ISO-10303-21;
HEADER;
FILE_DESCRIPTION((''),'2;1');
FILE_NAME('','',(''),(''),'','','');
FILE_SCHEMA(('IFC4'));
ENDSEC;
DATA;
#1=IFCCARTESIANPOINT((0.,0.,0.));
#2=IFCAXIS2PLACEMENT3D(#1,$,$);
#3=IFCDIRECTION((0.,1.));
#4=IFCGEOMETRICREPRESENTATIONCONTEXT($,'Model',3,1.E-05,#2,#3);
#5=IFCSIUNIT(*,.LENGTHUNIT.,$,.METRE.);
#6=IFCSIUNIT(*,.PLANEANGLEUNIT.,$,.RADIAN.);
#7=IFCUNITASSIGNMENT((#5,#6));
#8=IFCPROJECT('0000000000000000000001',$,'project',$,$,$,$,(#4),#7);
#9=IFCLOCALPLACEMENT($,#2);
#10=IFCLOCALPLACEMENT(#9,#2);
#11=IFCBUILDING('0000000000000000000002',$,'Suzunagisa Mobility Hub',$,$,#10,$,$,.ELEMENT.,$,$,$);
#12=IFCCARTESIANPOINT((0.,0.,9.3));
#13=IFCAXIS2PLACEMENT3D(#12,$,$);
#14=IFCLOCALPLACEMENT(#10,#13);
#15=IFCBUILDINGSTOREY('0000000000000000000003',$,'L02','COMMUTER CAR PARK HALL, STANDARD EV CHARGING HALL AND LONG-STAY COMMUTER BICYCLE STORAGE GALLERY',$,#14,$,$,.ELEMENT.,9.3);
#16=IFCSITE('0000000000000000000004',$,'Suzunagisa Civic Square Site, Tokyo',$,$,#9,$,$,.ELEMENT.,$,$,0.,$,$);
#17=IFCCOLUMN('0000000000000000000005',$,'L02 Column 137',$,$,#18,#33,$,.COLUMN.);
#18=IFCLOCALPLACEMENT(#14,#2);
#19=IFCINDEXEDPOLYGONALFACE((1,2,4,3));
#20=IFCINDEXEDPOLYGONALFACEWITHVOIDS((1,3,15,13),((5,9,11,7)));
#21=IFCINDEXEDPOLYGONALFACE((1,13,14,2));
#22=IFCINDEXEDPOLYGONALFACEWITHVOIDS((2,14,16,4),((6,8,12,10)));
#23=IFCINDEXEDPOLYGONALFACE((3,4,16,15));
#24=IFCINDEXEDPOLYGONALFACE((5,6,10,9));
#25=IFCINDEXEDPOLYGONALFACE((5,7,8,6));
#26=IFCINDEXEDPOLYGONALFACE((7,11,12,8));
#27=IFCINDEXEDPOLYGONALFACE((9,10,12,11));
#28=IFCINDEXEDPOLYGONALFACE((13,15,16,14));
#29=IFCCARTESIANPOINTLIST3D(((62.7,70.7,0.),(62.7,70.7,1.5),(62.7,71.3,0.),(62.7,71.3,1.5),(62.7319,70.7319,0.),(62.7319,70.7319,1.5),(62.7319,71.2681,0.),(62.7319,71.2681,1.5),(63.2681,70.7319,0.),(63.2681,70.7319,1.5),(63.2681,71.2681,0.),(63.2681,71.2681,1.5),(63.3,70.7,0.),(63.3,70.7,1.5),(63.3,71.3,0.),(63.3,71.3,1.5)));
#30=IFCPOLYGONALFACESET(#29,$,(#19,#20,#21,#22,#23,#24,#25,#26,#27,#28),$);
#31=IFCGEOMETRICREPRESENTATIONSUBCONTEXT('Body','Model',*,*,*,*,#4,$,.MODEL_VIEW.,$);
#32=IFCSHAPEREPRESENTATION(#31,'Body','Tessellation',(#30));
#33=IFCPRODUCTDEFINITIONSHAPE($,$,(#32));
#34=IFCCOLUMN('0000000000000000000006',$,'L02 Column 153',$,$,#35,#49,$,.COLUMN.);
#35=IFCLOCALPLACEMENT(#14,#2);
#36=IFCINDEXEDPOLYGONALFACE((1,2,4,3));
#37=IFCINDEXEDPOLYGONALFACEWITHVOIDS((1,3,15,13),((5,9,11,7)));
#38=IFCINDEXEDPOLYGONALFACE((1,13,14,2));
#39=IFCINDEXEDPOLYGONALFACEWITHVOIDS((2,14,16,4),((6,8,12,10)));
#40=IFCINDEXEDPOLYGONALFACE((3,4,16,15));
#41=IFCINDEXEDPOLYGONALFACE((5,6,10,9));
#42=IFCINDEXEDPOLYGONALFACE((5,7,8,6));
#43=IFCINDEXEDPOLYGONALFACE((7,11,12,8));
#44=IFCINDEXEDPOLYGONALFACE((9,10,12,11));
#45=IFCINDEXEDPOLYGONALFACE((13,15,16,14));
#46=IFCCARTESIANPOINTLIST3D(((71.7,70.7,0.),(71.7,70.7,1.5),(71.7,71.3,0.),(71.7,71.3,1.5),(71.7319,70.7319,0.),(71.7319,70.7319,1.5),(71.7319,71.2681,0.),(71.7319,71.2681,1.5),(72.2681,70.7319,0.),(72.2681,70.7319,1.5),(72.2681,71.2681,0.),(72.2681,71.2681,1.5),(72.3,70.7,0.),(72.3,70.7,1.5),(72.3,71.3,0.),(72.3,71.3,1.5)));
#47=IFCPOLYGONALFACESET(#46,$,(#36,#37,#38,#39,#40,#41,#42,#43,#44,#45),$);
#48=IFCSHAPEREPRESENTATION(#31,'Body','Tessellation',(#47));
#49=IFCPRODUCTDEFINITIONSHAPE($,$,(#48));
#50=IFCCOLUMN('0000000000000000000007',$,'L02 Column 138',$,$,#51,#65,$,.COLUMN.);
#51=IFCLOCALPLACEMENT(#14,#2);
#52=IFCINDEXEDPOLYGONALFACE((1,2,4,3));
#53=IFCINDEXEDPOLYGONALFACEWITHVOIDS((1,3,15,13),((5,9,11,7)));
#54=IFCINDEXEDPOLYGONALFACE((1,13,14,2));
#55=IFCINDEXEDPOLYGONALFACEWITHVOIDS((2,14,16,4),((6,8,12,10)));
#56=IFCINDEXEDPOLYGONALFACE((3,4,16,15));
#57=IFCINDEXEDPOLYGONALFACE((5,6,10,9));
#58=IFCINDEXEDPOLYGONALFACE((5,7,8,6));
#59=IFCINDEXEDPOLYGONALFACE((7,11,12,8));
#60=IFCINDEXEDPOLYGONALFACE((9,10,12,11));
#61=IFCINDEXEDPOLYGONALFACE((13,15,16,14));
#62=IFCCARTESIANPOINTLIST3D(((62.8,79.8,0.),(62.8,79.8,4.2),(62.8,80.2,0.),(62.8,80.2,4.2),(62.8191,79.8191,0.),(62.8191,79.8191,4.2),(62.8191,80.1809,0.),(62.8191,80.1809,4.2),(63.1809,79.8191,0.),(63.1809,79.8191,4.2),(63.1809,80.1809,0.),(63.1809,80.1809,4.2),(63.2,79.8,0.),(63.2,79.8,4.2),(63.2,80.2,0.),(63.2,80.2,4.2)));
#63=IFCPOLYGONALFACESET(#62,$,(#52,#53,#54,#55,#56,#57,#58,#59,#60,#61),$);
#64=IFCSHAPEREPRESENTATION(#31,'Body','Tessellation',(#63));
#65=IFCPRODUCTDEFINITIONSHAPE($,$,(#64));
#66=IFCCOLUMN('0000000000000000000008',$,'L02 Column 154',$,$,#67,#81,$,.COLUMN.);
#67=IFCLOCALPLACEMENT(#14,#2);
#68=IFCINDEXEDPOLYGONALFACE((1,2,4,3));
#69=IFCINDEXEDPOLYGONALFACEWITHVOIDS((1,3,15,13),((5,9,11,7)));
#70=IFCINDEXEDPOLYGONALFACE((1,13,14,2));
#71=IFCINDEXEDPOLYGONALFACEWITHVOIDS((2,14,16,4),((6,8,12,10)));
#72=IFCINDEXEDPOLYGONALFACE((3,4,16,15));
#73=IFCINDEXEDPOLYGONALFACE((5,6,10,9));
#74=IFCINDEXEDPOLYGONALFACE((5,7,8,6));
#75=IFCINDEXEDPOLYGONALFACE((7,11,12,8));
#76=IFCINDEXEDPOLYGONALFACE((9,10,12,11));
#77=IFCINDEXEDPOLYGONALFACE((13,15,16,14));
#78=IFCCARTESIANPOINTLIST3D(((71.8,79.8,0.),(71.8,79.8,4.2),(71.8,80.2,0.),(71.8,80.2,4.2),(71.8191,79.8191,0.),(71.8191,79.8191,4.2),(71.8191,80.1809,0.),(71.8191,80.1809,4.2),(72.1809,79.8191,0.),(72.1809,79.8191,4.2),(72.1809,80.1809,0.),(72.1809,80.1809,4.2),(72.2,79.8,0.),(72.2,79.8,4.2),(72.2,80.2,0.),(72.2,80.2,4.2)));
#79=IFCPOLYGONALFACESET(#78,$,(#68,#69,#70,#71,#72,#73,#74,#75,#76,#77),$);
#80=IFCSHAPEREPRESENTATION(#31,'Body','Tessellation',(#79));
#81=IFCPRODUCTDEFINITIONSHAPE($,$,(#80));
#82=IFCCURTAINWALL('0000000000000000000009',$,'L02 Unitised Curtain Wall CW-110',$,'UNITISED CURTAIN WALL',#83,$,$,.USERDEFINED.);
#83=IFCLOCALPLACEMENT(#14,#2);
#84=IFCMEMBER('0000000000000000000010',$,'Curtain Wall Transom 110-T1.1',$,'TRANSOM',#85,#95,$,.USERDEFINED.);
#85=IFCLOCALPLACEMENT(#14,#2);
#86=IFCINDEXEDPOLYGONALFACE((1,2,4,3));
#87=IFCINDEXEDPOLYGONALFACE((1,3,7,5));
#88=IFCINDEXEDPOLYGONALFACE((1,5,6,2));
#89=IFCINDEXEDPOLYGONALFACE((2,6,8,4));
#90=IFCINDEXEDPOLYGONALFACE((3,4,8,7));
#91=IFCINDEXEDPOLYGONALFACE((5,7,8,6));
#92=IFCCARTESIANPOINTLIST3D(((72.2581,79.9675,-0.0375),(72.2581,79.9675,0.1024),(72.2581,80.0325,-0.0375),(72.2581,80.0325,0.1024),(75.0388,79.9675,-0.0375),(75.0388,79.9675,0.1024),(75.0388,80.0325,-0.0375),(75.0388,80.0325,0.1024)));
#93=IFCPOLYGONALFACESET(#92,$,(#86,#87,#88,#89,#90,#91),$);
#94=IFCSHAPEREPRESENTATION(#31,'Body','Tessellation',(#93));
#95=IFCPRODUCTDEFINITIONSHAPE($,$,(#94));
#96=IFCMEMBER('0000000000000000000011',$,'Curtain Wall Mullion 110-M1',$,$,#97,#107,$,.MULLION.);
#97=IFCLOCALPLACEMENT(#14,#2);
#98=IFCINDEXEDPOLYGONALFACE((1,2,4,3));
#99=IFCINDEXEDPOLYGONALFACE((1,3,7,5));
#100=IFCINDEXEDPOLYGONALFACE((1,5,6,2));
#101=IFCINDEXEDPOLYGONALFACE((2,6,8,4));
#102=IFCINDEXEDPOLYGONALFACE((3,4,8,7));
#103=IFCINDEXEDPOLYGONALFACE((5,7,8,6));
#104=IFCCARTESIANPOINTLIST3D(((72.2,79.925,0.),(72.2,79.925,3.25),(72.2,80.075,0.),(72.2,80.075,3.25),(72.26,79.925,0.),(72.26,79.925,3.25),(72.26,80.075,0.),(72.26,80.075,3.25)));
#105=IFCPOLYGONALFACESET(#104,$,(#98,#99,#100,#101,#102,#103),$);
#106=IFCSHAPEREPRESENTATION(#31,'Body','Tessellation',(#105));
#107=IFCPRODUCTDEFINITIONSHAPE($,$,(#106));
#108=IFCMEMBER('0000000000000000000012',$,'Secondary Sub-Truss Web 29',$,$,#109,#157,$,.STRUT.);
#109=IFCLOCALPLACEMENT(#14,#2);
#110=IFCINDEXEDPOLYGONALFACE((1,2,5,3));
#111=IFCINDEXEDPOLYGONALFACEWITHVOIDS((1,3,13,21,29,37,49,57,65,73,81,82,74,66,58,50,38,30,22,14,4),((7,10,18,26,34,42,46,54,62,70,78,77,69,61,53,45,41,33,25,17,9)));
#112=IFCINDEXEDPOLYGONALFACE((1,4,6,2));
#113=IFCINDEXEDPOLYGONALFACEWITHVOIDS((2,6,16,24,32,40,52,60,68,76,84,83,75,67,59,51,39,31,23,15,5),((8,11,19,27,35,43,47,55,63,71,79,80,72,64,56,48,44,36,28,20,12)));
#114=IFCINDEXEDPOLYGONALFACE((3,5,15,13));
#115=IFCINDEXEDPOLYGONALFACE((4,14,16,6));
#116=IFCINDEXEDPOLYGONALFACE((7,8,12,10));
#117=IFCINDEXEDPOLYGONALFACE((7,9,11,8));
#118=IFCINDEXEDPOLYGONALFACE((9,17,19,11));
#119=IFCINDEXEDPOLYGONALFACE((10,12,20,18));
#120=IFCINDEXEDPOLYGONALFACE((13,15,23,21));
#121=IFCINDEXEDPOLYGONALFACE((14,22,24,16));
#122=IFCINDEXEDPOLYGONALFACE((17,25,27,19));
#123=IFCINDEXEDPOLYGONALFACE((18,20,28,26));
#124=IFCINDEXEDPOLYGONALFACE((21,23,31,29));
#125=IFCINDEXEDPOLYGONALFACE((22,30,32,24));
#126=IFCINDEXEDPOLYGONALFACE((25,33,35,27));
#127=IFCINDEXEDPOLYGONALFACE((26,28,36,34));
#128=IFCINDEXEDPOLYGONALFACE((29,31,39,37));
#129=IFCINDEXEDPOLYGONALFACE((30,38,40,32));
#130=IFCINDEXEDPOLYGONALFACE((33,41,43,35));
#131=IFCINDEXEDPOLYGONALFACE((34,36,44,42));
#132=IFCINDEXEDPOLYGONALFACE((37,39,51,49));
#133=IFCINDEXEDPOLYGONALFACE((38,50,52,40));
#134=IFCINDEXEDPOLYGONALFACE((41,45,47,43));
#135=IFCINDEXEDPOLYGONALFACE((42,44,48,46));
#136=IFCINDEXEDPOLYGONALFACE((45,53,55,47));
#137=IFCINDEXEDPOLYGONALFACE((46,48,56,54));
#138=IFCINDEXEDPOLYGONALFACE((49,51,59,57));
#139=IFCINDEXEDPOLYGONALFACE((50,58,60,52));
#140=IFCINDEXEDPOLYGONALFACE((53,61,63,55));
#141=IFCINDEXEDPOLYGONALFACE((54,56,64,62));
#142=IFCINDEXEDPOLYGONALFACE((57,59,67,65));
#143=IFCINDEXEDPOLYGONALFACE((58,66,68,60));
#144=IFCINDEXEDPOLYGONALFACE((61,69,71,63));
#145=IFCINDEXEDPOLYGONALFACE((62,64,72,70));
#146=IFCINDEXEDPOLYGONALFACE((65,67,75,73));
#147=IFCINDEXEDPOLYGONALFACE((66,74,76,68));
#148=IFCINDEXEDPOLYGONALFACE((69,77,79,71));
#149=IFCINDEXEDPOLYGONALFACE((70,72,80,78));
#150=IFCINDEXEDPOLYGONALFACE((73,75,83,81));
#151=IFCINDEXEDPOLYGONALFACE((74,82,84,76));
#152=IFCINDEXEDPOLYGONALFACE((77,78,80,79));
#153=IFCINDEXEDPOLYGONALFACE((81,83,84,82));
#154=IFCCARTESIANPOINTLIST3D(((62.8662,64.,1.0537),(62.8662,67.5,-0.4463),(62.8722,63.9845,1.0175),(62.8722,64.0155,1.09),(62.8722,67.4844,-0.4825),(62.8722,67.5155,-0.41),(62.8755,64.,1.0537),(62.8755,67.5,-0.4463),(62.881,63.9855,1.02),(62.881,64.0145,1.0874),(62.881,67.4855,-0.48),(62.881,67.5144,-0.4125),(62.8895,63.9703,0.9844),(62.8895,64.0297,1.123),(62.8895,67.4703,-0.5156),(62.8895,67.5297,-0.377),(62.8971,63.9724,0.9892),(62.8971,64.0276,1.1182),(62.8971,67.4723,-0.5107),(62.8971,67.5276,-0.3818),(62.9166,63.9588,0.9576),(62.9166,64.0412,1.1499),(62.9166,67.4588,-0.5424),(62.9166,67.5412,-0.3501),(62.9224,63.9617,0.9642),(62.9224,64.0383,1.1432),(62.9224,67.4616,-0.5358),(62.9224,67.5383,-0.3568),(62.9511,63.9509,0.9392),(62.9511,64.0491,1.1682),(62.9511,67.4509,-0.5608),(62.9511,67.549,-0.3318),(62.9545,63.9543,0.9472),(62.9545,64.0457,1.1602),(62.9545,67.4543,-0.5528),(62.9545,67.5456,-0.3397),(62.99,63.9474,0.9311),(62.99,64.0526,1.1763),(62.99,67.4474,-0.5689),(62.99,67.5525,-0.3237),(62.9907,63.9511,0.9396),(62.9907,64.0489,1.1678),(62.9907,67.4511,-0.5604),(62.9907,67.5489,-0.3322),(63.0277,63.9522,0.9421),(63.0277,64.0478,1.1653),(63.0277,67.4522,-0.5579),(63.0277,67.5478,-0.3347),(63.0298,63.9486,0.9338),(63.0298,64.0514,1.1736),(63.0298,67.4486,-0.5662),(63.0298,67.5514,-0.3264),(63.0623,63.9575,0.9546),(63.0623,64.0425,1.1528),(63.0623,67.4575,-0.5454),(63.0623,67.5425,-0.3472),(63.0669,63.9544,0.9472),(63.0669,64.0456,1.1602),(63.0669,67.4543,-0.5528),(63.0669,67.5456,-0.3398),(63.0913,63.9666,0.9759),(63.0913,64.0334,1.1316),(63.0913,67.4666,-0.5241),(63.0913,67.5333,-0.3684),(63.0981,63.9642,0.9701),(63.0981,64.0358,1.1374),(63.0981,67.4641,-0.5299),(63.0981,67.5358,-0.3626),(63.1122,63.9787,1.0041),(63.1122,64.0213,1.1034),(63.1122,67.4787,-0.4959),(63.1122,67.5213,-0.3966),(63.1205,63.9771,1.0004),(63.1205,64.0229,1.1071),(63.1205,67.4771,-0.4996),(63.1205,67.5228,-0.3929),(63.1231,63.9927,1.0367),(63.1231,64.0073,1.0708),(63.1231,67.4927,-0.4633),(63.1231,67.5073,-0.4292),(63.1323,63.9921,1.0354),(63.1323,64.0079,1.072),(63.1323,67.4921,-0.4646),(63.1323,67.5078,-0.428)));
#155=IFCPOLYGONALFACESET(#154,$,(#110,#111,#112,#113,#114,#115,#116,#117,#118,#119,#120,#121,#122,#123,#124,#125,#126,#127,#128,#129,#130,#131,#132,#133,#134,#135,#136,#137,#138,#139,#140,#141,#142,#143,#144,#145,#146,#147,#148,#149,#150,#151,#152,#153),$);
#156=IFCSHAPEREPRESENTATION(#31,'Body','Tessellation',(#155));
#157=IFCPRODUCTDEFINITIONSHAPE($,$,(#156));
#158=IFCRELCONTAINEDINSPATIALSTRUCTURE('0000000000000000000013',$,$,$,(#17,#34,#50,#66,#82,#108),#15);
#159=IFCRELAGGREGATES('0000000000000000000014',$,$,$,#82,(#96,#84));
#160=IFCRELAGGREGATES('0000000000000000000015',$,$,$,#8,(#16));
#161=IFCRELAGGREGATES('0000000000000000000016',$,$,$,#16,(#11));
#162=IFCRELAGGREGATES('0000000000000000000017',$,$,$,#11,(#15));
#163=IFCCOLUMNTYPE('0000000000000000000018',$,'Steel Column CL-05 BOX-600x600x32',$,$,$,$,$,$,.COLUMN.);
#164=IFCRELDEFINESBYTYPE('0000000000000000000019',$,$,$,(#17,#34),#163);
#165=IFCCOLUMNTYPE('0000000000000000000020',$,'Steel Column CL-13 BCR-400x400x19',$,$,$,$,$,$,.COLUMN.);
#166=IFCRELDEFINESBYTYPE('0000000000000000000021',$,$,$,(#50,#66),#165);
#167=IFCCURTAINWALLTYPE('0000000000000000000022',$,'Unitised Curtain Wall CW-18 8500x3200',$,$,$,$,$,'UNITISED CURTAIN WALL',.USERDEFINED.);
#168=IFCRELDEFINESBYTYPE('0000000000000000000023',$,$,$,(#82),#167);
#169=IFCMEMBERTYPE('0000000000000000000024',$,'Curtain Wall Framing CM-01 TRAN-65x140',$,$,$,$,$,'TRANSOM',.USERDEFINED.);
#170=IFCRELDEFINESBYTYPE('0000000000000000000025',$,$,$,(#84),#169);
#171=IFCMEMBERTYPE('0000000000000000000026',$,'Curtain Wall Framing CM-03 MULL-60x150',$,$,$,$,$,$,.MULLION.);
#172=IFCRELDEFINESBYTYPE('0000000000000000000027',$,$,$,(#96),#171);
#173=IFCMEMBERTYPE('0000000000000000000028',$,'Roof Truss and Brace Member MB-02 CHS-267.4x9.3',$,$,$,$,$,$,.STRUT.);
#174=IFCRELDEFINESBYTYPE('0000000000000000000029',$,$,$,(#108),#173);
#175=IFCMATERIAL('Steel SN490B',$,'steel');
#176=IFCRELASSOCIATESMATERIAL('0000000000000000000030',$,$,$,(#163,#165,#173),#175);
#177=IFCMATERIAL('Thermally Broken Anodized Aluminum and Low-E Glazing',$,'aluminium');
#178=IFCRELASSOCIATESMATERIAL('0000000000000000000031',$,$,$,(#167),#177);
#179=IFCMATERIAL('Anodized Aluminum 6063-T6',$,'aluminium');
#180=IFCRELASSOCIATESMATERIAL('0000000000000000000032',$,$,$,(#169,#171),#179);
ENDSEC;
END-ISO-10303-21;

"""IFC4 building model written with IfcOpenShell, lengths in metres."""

from ifc_helpers import new_model, si_unit, direction, frame, origin, origin_2d, place, context, subcontext, project, spatial, rectangle, hollow_rectangle, hollow_circle, extrude, material, material_profile, profile_set, type_object, element, aggregate, save


model = new_model("IFC4")

# Units and contexts
model_context = context("Model", 3, precision=1e-05, world=origin(), true_north=direction((0.0, 1.0)))
body_context = subcontext(model_context, "Body", "Model", "MODEL_VIEW")
ifc_project = project(units=[si_unit("LENGTHUNIT", "METRE"), si_unit("PLANEANGLEUNIT", "RADIAN")], contexts=[model_context])

# Site, building, storey
site_placement = place(None, origin())
site = spatial("IfcSite", under=ifc_project, at=site_placement, Name="Suzunagisa Civic Square Site, Tokyo", CompositionType="ELEMENT", RefElevation=0.0)
building_placement = place(site_placement, origin())
building = spatial("IfcBuilding", under=site, at=building_placement, Name="Suzunagisa Mobility Hub", CompositionType="ELEMENT")
storey_placement = place(building_placement, frame((0.0, 0.0, 9.3)))
storey = spatial("IfcBuildingStorey", under=building, at=storey_placement, Name="L02", Description="COMMUTER CAR PARK HALL, STANDARD EV CHARGING HALL AND LONG-STAY COMMUTER BICYCLE STORAGE GALLERY", CompositionType="ELEMENT", Elevation=9.3)

# Columns
ifc_material_1 = material(Name="Steel SN490B", Category="steel")
ifc_material_profile_1 = material_profile(ifc_material_1, hollow_rectangle(XDim=0.6001, YDim=0.6001, WallThickness=0.032, at=origin_2d()), Name="BOX-600x600x32")
ifc_profile_set_1 = profile_set([ifc_material_profile_1], Name="Steel SN490B")
column_type_1 = type_object("IfcColumnType", Name="Steel Column CL-05 BOX-600x600x32", PredefinedType="COLUMN", material=ifc_profile_set_1)
for number, where, z_axis, x_axis, name in (
    (1, (63.0, 71.0, 0.0), (0.0, 0.0, 1.0), (1.0, 0.0, 0.0), "L02 Column 137"),
    (2, (72.0, 71.0, 0.0), (0.0, 0.0, 1.0), (1.0, 0.0, 0.0), "L02 Column 153"),
):
    element("IfcColumn", number, at=place(storey_placement, frame(where, z_axis=z_axis, x_axis=x_axis)), inside=storey, type_object=column_type_1, Name=name, PredefinedType="COLUMN", context=body_context, shape_type="SweptSolid", body=[
        extrude(hollow_rectangle(XDim=0.6001, YDim=0.6001, WallThickness=0.032, at=origin_2d()), origin(), (0.0, 0.0, 1.0), 1.5),
    ])
ifc_material_profile_2 = material_profile(ifc_material_1, hollow_rectangle(XDim=0.3999, YDim=0.3999, WallThickness=0.019, at=origin_2d()), Name="BCR-400x400x19")
ifc_profile_set_2 = profile_set([ifc_material_profile_2], Name="Steel SN490B")
column_type_2 = type_object("IfcColumnType", Name="Steel Column CL-13 BCR-400x400x19", PredefinedType="COLUMN", material=ifc_profile_set_2)
for number, where, z_axis, x_axis, name in (
    (3, (63.0, 80.0, 0.0), (0.0, 0.0, 1.0), (1.0, 0.0, 0.0), "L02 Column 138"),
    (4, (72.0, 80.0, 0.0), (0.0, 0.0, 1.0), (1.0, 0.0, 0.0), "L02 Column 154"),
):
    element("IfcColumn", number, at=place(storey_placement, frame(where, z_axis=z_axis, x_axis=x_axis)), inside=storey, type_object=column_type_2, Name=name, PredefinedType="COLUMN", context=body_context, shape_type="SweptSolid", body=[
        extrude(hollow_rectangle(XDim=0.3999, YDim=0.3999, WallThickness=0.019, at=origin_2d()), origin(), (0.0, 0.0, 1.0), 4.2),
    ])

# Curtain wall, members
ifc_material_2 = material(Name="Thermally Broken Anodized Aluminum and Low-E Glazing", Category="aluminium")
curtain_wall_type = type_object("IfcCurtainWallType", Name="Unitised Curtain Wall CW-18 8500x3200", ElementType="UNITISED CURTAIN WALL", PredefinedType="USERDEFINED", material=ifc_material_2)
curtain_wall_placement = place(storey_placement, origin())
curtain_wall = element("IfcCurtainWall", 5, at=curtain_wall_placement, inside=storey, type_object=curtain_wall_type, Name="L02 Unitised Curtain Wall CW-110", ObjectType="UNITISED CURTAIN WALL", PredefinedType="USERDEFINED")
ifc_material_3 = material(Name="Anodized Aluminum 6063-T6", Category="aluminium")
ifc_material_profile_3 = material_profile(ifc_material_3, rectangle(XDim=0.0649, YDim=0.1399, at=origin_2d()), Name="TRAN-65x140")
ifc_profile_set_3 = profile_set([ifc_material_profile_3], Name="Anodized Aluminum 6063-T6")
member_type_1 = type_object("IfcMemberType", Name="Curtain Wall Framing CM-01 TRAN-65x140", ElementType="TRANSOM", PredefinedType="USERDEFINED", material=ifc_profile_set_3)
member_1_placement = place(storey_placement, frame((72.2581, 80.0, 0.0325), z_axis=(1.0, 0.0, 0.0), x_axis=(0.0, 1.0, 0.0)))
member_1 = element("IfcMember", 6, at=member_1_placement, type_object=member_type_1, Name="Curtain Wall Transom 110-T1.1", ObjectType="TRANSOM", PredefinedType="USERDEFINED", context=body_context, shape_type="SweptSolid", body=[
    extrude(rectangle(XDim=0.0649, YDim=0.1399, at=origin_2d()), origin(), (0.0, 0.0, 1.0), 2.7808),
])
ifc_material_profile_4 = material_profile(ifc_material_3, rectangle(XDim=0.0601, YDim=0.1499, at=origin_2d()), Name="MULL-60x150")
ifc_profile_set_4 = profile_set([ifc_material_profile_4], Name="Anodized Aluminum 6063-T6")
member_type_2 = type_object("IfcMemberType", Name="Curtain Wall Framing CM-03 MULL-60x150", PredefinedType="MULLION", material=ifc_profile_set_4)
member_2_placement = place(storey_placement, frame((72.23, 80.0, 0.0), z_axis=(0.0, 0.0, 1.0), x_axis=(1.0, 0.0, 0.0)))
member_2 = element("IfcMember", 7, at=member_2_placement, type_object=member_type_2, Name="Curtain Wall Mullion 110-M1", PredefinedType="MULLION", context=body_context, shape_type="SweptSolid", body=[
    extrude(rectangle(XDim=0.0601, YDim=0.1499, at=origin_2d()), origin(), (0.0, 0.0, 1.0), 3.25),
])
aggregate(curtain_wall, [member_2, member_1])

# Member
ifc_material_profile_5 = material_profile(ifc_material_1, hollow_circle(Radius=0.1338, WallThickness=0.0093, at=origin_2d()), Name="CHS-267.4x9.3")
ifc_profile_set_5 = profile_set([ifc_material_profile_5], Name="Steel SN490B")
member_type_3 = type_object("IfcMemberType", Name="Roof Truss and Brace Member MB-02 CHS-267.4x9.3", PredefinedType="STRUT", material=ifc_profile_set_5)
for number, where, z_axis, x_axis, name in (
    (8, (63.0, 64.0, 1.0537), (0.0, 0.919145, -0.393919), (-1.0, 0.0, 0.0), "Secondary Sub-Truss Web 29"),
):
    element("IfcMember", number, at=place(storey_placement, frame(where, z_axis=z_axis, x_axis=x_axis)), inside=storey, type_object=member_type_3, Name=name, PredefinedType="STRUT", context=body_context, shape_type="SweptSolid", body=[
        extrude(hollow_circle(Radius=0.1338, WallThickness=0.0093, at=origin_2d()), origin(), (0.0, 0.0, 1.0), 3.8079),
    ])

save(model, "model.ifc")
